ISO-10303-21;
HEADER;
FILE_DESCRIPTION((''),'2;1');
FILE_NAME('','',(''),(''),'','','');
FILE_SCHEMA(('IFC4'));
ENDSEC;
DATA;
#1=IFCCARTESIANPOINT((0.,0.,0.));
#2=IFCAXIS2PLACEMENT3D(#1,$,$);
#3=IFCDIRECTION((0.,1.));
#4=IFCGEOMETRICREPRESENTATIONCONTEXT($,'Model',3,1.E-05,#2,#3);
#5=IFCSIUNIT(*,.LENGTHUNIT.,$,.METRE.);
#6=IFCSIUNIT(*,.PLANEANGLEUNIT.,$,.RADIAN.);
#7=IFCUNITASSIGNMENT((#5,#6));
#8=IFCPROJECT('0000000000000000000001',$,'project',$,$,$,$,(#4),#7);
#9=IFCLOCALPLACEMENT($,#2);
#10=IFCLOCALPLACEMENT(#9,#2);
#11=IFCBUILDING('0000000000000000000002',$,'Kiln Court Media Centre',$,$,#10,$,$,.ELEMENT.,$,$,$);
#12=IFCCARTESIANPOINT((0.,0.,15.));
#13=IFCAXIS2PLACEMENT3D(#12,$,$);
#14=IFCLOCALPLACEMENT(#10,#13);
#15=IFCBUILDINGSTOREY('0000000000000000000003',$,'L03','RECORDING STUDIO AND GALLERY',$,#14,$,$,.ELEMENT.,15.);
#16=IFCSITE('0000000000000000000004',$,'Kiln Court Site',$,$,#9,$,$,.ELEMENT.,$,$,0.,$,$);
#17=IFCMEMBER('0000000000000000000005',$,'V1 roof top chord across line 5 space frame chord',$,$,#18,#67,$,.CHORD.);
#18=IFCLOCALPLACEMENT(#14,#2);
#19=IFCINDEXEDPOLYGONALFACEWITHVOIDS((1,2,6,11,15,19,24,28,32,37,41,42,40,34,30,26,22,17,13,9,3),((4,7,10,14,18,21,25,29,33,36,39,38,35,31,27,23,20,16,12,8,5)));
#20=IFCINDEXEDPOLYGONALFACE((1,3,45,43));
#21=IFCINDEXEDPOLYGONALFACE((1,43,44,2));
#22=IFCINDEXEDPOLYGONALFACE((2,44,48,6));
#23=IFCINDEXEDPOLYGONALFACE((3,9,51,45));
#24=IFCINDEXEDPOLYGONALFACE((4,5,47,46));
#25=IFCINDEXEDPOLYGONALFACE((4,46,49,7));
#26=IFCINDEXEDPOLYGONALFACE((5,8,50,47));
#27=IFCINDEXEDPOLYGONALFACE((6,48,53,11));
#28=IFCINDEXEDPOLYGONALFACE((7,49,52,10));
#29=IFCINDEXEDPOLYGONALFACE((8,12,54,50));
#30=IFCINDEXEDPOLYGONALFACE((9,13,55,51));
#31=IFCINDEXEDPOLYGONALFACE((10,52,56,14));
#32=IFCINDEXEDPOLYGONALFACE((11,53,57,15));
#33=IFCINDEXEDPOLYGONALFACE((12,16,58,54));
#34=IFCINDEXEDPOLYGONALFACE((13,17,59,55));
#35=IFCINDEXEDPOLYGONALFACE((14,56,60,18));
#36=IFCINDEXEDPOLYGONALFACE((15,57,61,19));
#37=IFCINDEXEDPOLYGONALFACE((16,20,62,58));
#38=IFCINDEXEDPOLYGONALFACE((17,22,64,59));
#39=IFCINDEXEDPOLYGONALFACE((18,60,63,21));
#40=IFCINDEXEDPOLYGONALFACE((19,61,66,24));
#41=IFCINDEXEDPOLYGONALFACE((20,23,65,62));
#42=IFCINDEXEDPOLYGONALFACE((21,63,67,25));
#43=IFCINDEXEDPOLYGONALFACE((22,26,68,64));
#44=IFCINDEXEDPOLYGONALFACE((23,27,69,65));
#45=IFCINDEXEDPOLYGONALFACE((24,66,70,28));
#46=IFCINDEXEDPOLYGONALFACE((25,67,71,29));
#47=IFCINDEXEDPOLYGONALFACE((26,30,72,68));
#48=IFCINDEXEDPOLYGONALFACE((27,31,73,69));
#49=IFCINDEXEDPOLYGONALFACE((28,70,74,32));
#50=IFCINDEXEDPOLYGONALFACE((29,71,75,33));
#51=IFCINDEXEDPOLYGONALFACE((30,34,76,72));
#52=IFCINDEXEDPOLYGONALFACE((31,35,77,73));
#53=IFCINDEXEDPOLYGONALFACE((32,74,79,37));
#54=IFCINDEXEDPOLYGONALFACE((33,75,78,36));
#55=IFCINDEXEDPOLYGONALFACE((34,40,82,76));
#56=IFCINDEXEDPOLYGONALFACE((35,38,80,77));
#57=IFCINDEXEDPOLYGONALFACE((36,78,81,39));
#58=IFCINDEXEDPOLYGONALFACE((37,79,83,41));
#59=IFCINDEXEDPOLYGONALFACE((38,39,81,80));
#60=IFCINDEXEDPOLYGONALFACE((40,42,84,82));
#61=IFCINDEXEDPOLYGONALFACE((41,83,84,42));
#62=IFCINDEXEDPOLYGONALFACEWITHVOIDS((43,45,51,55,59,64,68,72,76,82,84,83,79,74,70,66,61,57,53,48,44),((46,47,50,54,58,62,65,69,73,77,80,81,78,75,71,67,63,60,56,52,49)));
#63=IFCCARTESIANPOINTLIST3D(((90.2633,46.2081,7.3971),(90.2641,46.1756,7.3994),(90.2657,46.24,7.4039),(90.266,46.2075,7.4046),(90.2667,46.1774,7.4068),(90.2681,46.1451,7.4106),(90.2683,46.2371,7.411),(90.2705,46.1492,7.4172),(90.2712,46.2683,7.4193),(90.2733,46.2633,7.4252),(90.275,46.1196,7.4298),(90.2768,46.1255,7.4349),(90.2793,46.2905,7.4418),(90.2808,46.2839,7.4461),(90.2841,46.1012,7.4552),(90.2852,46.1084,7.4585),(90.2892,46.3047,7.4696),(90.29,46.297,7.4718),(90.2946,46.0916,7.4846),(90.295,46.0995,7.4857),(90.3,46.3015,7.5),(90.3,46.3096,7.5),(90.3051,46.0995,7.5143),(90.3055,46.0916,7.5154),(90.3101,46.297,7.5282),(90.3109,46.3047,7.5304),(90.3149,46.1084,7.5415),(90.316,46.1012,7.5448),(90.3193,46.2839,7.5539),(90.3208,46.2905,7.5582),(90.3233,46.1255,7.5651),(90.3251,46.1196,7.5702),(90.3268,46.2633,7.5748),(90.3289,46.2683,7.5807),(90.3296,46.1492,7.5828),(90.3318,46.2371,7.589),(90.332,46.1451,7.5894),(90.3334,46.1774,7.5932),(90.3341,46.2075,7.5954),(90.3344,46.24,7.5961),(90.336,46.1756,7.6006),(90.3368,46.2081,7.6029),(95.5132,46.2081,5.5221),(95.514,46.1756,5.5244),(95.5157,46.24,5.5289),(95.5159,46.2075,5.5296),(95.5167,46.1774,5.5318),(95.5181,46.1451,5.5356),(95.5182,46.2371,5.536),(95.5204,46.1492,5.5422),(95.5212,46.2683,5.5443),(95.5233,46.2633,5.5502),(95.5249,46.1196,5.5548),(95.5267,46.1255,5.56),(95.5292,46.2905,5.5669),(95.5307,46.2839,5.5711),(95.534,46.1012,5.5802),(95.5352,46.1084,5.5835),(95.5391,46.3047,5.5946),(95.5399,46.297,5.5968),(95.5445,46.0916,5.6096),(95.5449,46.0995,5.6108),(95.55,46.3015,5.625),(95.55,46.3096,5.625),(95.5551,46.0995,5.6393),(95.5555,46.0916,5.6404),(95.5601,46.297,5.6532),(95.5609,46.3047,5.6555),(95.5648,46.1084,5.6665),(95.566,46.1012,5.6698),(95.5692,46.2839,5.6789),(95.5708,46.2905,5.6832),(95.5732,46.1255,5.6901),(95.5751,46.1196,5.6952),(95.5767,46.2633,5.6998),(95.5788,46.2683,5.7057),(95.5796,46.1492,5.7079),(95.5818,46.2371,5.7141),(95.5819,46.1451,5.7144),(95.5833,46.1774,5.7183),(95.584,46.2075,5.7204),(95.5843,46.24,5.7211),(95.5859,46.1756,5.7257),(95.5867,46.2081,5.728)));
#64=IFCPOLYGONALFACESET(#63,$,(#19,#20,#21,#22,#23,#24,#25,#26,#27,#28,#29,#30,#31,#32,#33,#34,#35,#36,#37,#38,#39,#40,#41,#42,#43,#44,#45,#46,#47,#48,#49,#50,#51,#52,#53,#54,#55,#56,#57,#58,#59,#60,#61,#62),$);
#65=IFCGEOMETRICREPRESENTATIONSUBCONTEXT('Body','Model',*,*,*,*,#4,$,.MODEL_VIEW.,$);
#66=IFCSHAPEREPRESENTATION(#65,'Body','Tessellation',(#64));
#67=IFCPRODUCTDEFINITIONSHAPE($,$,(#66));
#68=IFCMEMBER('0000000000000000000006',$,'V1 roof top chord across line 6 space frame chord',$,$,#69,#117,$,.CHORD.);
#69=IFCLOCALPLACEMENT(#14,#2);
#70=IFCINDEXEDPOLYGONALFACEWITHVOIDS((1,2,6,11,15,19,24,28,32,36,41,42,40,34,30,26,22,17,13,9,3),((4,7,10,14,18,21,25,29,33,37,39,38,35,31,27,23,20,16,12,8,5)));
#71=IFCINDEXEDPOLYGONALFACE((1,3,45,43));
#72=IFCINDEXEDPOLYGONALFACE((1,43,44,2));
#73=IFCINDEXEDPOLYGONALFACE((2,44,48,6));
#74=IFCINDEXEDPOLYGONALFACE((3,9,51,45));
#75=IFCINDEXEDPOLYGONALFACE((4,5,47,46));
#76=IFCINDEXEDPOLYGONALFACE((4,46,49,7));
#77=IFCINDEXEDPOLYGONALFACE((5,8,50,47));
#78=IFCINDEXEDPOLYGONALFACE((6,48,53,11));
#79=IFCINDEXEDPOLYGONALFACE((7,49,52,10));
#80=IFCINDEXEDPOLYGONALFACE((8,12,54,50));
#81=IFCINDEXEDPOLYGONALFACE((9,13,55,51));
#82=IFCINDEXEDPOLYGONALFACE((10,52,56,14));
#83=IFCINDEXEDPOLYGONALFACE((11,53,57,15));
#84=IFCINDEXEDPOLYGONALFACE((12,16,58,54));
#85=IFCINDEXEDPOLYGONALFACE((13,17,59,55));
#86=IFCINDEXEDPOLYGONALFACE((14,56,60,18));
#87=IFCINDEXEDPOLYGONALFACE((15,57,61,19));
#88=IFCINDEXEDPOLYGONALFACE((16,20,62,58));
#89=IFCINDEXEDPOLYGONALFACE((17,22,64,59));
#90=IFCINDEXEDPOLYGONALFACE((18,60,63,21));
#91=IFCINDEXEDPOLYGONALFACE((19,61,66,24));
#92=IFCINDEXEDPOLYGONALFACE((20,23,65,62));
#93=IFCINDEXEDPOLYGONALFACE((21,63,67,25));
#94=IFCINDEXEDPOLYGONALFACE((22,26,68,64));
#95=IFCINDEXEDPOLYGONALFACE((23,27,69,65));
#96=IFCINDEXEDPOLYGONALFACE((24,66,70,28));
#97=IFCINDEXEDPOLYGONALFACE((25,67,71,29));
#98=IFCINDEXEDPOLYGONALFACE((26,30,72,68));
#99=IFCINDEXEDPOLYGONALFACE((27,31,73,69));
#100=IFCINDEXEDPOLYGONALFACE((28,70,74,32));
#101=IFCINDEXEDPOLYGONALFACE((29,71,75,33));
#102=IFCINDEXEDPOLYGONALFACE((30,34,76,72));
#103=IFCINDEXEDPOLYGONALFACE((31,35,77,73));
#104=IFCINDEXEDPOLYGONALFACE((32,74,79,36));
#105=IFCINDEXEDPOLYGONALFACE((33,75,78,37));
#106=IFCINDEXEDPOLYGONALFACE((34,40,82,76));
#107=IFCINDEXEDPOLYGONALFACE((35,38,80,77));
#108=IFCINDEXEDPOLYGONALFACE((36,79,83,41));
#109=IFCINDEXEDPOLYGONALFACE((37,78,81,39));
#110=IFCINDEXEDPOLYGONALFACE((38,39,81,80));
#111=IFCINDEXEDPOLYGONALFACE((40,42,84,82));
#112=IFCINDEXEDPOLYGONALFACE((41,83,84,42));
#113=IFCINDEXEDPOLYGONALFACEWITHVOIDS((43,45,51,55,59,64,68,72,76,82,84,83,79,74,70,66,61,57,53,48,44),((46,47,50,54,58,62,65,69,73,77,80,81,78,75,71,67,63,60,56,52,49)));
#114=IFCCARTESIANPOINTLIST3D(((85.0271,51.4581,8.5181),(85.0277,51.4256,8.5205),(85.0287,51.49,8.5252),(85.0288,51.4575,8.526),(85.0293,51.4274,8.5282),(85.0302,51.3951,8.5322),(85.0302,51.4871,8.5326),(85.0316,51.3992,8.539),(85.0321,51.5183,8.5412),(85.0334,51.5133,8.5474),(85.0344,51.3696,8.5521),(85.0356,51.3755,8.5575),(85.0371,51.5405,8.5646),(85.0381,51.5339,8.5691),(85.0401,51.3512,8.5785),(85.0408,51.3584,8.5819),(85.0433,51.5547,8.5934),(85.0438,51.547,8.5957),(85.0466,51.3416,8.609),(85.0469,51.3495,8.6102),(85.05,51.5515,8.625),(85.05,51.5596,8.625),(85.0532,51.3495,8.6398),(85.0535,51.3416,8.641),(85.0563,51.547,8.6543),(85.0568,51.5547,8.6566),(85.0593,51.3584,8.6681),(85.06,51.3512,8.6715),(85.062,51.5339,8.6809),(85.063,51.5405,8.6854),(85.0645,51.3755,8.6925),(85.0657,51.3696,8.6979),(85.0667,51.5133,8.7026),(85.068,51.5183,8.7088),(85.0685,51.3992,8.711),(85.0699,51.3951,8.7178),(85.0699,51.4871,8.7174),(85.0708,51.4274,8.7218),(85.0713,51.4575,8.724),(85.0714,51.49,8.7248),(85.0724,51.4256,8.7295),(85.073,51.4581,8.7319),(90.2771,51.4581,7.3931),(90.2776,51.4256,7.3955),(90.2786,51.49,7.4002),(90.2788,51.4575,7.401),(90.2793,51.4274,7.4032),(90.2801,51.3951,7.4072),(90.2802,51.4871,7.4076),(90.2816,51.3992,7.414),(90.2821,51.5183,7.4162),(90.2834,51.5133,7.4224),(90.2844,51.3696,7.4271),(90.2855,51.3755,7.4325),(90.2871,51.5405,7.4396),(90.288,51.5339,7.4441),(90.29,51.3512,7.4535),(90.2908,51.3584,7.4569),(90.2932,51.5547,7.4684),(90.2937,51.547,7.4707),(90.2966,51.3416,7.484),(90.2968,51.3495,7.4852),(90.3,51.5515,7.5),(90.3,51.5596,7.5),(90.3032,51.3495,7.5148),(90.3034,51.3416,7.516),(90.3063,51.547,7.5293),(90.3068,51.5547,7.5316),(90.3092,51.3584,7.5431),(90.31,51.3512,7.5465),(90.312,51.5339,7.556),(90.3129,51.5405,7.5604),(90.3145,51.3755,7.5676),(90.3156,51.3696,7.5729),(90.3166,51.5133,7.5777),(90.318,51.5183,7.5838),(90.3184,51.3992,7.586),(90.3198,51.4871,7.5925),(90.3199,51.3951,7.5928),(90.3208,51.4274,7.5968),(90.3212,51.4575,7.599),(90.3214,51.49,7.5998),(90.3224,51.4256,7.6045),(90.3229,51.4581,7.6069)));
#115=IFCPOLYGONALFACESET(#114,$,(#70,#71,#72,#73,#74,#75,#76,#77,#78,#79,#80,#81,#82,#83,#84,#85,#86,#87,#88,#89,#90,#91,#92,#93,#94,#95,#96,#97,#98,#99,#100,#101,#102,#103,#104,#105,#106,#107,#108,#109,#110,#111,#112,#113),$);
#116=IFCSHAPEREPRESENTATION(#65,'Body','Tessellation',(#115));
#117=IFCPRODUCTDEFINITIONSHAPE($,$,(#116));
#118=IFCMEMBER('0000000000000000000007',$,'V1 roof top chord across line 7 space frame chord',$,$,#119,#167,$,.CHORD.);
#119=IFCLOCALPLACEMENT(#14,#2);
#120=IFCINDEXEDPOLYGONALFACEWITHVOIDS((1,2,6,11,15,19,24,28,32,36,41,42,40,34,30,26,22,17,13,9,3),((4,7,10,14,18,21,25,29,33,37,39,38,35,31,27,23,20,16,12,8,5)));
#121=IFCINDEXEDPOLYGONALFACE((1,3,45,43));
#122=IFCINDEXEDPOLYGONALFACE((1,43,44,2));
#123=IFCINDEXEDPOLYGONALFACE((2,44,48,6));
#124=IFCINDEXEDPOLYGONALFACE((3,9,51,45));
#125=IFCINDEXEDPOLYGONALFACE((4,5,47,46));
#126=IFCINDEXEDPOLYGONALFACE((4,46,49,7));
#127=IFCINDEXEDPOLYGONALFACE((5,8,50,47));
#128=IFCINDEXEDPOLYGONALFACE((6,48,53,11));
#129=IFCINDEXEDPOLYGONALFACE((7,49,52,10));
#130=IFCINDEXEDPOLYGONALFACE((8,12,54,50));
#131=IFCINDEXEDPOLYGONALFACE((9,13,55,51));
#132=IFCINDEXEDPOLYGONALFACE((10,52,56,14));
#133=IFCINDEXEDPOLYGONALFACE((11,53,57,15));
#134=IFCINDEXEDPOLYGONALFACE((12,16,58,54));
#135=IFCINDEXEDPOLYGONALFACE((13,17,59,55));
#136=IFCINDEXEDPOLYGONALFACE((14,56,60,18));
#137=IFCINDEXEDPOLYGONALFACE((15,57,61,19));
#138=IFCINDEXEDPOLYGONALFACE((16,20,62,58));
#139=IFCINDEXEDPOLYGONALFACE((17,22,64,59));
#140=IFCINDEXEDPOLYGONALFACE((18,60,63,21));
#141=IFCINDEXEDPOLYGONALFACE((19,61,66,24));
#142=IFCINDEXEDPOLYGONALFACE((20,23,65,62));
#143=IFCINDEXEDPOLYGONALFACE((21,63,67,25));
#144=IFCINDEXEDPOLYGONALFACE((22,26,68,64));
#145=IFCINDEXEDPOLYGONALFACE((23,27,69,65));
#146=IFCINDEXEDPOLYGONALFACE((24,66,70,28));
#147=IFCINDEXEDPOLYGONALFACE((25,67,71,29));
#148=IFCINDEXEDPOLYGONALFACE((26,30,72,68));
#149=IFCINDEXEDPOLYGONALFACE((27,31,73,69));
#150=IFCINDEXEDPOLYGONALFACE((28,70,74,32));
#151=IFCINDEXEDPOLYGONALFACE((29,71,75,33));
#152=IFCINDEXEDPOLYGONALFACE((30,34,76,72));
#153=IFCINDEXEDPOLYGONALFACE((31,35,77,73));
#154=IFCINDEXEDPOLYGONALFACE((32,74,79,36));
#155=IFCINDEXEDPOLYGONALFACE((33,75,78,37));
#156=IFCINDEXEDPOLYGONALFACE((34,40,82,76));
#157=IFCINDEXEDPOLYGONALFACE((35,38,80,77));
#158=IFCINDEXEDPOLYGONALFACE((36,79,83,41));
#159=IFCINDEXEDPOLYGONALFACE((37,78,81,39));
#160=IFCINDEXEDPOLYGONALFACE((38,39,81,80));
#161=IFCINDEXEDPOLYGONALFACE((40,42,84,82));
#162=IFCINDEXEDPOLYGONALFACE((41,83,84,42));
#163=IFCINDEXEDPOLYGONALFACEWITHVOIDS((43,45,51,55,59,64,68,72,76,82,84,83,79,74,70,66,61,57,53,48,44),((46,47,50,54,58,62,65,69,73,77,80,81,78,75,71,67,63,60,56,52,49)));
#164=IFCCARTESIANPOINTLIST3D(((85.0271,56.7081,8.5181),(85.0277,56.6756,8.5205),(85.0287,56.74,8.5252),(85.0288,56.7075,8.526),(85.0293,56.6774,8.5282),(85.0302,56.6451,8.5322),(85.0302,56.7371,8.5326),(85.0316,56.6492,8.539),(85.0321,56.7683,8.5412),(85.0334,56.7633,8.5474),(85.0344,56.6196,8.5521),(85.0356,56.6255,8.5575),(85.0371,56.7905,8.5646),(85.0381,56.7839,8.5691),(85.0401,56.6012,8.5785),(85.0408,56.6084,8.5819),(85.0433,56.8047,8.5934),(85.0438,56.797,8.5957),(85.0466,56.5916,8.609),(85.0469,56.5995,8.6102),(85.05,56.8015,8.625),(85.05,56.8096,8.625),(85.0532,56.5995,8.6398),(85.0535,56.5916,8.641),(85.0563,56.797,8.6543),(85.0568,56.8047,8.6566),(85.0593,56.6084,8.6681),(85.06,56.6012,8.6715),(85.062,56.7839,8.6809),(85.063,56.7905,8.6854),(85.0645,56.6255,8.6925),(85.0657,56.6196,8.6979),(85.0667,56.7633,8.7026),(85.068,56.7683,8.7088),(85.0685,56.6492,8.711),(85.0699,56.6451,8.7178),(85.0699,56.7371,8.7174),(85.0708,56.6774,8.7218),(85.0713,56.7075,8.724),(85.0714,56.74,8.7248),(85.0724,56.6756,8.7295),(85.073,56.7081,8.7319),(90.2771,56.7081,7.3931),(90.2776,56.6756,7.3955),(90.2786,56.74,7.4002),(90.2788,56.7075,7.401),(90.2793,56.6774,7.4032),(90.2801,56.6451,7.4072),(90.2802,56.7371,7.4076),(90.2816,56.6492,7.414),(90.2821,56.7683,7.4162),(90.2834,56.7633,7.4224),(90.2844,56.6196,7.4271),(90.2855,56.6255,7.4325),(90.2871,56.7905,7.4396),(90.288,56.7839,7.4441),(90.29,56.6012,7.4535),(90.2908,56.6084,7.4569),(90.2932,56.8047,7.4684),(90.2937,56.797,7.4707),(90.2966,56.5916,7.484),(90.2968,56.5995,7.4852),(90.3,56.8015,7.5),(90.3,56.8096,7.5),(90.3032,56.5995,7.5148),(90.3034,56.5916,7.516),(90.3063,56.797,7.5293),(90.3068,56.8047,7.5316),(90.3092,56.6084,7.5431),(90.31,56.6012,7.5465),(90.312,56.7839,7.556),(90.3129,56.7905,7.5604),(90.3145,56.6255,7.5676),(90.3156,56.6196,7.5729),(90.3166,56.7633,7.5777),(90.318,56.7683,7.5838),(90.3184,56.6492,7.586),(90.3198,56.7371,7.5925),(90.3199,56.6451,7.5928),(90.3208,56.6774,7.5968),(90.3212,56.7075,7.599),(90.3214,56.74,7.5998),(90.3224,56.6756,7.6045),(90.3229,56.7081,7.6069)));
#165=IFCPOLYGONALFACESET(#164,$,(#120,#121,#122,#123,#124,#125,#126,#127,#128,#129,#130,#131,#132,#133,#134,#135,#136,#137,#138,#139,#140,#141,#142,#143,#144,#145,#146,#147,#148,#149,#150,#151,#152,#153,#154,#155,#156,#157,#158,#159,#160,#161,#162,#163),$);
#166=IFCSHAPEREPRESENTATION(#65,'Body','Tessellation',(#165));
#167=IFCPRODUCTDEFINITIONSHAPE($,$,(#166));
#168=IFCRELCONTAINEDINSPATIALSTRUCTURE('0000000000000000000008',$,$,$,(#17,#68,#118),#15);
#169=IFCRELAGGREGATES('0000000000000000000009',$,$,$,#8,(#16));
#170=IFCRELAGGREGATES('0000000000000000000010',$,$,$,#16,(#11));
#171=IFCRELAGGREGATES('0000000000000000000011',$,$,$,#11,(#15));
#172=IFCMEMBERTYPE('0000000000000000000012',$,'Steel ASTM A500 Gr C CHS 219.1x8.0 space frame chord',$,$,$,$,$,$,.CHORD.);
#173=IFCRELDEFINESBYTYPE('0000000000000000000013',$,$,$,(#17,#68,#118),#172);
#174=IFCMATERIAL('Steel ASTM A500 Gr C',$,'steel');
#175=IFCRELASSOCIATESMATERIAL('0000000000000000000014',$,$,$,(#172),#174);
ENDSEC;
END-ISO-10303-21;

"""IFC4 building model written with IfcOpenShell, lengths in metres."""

from ifc_helpers import new_model, si_unit, direction, frame, origin, origin_2d, place, context, subcontext, project, spatial, hollow_circle, extrude, material, material_profile, profile_set, type_object, element, save


model = new_model("IFC4")

# Units and contexts
model_context = context("Model", 3, precision=1e-05, world=origin(), true_north=direction((0.0, 1.0)))
body_context = subcontext(model_context, "Body", "Model", "MODEL_VIEW")
ifc_project = project(units=[si_unit("LENGTHUNIT", "METRE"), si_unit("PLANEANGLEUNIT", "RADIAN")], contexts=[model_context])

# Site, building, storey
site_placement = place(None, origin())
site = spatial("IfcSite", under=ifc_project, at=site_placement, Name="Kiln Court Site", CompositionType="ELEMENT", RefElevation=0.0)
building_placement = place(site_placement, origin())
building = spatial("IfcBuilding", under=site, at=building_placement, Name="Kiln Court Media Centre", CompositionType="ELEMENT")
storey_placement = place(building_placement, frame((0.0, 0.0, 15.0)))
storey = spatial("IfcBuildingStorey", under=building, at=storey_placement, Name="L03", Description="RECORDING STUDIO AND GALLERY", CompositionType="ELEMENT", Elevation=15.0)

# Members
ifc_material_1 = material(Name="Steel ASTM A500 Gr C", Category="steel")
ifc_material_profile_1 = material_profile(ifc_material_1, hollow_circle(Radius=0.1096, WallThickness=0.0081, at=origin_2d()), Name="CHS 219.1x8.0")
ifc_profile_set_1 = profile_set([ifc_material_profile_1], Name="Steel ASTM A500 Gr C")
member_type_1 = type_object("IfcMemberType", Name="Steel ASTM A500 Gr C CHS 219.1x8.0 space frame chord", PredefinedType="CHORD", material=ifc_profile_set_1)
member_1_placement = place(storey_placement, frame((90.3, 46.2, 7.5), z_axis=(0.941742, 0.0, -0.336336), x_axis=(0.0, 1.0, 0.0)))
element("IfcMember", 1, at=member_1_placement, inside=storey, type_object=member_type_1, Name="V1 roof top chord across line 5 space frame chord", PredefinedType="CHORD", context=body_context, shape_type="SweptSolid", body=[
    extrude(hollow_circle(Radius=0.1096, WallThickness=0.0081, at=origin_2d()), origin(), (0.0, 0.0, 1.0), 5.5747),
])
for number, where, z_axis, x_axis, name in (
    (2, (85.05, 51.45, 8.625), (0.977802, 0.0, -0.209529), (0.0, 1.0, 0.0), "V1 roof top chord across line 6 space frame chord"),
    (3, (85.05, 56.7, 8.625), (0.977802, 0.0, -0.209529), (0.0, 1.0, 0.0), "V1 roof top chord across line 7 space frame chord"),
):
    element("IfcMember", number, at=place(storey_placement, frame(where, z_axis=z_axis, x_axis=x_axis)), inside=storey, type_object=member_type_1, Name=name, PredefinedType="CHORD", context=body_context, shape_type="SweptSolid", body=[
        extrude(hollow_circle(Radius=0.1096, WallThickness=0.0081, at=origin_2d()), origin(), (0.0, 0.0, 1.0), 5.3691),
    ])

save(model, "model.ifc")
